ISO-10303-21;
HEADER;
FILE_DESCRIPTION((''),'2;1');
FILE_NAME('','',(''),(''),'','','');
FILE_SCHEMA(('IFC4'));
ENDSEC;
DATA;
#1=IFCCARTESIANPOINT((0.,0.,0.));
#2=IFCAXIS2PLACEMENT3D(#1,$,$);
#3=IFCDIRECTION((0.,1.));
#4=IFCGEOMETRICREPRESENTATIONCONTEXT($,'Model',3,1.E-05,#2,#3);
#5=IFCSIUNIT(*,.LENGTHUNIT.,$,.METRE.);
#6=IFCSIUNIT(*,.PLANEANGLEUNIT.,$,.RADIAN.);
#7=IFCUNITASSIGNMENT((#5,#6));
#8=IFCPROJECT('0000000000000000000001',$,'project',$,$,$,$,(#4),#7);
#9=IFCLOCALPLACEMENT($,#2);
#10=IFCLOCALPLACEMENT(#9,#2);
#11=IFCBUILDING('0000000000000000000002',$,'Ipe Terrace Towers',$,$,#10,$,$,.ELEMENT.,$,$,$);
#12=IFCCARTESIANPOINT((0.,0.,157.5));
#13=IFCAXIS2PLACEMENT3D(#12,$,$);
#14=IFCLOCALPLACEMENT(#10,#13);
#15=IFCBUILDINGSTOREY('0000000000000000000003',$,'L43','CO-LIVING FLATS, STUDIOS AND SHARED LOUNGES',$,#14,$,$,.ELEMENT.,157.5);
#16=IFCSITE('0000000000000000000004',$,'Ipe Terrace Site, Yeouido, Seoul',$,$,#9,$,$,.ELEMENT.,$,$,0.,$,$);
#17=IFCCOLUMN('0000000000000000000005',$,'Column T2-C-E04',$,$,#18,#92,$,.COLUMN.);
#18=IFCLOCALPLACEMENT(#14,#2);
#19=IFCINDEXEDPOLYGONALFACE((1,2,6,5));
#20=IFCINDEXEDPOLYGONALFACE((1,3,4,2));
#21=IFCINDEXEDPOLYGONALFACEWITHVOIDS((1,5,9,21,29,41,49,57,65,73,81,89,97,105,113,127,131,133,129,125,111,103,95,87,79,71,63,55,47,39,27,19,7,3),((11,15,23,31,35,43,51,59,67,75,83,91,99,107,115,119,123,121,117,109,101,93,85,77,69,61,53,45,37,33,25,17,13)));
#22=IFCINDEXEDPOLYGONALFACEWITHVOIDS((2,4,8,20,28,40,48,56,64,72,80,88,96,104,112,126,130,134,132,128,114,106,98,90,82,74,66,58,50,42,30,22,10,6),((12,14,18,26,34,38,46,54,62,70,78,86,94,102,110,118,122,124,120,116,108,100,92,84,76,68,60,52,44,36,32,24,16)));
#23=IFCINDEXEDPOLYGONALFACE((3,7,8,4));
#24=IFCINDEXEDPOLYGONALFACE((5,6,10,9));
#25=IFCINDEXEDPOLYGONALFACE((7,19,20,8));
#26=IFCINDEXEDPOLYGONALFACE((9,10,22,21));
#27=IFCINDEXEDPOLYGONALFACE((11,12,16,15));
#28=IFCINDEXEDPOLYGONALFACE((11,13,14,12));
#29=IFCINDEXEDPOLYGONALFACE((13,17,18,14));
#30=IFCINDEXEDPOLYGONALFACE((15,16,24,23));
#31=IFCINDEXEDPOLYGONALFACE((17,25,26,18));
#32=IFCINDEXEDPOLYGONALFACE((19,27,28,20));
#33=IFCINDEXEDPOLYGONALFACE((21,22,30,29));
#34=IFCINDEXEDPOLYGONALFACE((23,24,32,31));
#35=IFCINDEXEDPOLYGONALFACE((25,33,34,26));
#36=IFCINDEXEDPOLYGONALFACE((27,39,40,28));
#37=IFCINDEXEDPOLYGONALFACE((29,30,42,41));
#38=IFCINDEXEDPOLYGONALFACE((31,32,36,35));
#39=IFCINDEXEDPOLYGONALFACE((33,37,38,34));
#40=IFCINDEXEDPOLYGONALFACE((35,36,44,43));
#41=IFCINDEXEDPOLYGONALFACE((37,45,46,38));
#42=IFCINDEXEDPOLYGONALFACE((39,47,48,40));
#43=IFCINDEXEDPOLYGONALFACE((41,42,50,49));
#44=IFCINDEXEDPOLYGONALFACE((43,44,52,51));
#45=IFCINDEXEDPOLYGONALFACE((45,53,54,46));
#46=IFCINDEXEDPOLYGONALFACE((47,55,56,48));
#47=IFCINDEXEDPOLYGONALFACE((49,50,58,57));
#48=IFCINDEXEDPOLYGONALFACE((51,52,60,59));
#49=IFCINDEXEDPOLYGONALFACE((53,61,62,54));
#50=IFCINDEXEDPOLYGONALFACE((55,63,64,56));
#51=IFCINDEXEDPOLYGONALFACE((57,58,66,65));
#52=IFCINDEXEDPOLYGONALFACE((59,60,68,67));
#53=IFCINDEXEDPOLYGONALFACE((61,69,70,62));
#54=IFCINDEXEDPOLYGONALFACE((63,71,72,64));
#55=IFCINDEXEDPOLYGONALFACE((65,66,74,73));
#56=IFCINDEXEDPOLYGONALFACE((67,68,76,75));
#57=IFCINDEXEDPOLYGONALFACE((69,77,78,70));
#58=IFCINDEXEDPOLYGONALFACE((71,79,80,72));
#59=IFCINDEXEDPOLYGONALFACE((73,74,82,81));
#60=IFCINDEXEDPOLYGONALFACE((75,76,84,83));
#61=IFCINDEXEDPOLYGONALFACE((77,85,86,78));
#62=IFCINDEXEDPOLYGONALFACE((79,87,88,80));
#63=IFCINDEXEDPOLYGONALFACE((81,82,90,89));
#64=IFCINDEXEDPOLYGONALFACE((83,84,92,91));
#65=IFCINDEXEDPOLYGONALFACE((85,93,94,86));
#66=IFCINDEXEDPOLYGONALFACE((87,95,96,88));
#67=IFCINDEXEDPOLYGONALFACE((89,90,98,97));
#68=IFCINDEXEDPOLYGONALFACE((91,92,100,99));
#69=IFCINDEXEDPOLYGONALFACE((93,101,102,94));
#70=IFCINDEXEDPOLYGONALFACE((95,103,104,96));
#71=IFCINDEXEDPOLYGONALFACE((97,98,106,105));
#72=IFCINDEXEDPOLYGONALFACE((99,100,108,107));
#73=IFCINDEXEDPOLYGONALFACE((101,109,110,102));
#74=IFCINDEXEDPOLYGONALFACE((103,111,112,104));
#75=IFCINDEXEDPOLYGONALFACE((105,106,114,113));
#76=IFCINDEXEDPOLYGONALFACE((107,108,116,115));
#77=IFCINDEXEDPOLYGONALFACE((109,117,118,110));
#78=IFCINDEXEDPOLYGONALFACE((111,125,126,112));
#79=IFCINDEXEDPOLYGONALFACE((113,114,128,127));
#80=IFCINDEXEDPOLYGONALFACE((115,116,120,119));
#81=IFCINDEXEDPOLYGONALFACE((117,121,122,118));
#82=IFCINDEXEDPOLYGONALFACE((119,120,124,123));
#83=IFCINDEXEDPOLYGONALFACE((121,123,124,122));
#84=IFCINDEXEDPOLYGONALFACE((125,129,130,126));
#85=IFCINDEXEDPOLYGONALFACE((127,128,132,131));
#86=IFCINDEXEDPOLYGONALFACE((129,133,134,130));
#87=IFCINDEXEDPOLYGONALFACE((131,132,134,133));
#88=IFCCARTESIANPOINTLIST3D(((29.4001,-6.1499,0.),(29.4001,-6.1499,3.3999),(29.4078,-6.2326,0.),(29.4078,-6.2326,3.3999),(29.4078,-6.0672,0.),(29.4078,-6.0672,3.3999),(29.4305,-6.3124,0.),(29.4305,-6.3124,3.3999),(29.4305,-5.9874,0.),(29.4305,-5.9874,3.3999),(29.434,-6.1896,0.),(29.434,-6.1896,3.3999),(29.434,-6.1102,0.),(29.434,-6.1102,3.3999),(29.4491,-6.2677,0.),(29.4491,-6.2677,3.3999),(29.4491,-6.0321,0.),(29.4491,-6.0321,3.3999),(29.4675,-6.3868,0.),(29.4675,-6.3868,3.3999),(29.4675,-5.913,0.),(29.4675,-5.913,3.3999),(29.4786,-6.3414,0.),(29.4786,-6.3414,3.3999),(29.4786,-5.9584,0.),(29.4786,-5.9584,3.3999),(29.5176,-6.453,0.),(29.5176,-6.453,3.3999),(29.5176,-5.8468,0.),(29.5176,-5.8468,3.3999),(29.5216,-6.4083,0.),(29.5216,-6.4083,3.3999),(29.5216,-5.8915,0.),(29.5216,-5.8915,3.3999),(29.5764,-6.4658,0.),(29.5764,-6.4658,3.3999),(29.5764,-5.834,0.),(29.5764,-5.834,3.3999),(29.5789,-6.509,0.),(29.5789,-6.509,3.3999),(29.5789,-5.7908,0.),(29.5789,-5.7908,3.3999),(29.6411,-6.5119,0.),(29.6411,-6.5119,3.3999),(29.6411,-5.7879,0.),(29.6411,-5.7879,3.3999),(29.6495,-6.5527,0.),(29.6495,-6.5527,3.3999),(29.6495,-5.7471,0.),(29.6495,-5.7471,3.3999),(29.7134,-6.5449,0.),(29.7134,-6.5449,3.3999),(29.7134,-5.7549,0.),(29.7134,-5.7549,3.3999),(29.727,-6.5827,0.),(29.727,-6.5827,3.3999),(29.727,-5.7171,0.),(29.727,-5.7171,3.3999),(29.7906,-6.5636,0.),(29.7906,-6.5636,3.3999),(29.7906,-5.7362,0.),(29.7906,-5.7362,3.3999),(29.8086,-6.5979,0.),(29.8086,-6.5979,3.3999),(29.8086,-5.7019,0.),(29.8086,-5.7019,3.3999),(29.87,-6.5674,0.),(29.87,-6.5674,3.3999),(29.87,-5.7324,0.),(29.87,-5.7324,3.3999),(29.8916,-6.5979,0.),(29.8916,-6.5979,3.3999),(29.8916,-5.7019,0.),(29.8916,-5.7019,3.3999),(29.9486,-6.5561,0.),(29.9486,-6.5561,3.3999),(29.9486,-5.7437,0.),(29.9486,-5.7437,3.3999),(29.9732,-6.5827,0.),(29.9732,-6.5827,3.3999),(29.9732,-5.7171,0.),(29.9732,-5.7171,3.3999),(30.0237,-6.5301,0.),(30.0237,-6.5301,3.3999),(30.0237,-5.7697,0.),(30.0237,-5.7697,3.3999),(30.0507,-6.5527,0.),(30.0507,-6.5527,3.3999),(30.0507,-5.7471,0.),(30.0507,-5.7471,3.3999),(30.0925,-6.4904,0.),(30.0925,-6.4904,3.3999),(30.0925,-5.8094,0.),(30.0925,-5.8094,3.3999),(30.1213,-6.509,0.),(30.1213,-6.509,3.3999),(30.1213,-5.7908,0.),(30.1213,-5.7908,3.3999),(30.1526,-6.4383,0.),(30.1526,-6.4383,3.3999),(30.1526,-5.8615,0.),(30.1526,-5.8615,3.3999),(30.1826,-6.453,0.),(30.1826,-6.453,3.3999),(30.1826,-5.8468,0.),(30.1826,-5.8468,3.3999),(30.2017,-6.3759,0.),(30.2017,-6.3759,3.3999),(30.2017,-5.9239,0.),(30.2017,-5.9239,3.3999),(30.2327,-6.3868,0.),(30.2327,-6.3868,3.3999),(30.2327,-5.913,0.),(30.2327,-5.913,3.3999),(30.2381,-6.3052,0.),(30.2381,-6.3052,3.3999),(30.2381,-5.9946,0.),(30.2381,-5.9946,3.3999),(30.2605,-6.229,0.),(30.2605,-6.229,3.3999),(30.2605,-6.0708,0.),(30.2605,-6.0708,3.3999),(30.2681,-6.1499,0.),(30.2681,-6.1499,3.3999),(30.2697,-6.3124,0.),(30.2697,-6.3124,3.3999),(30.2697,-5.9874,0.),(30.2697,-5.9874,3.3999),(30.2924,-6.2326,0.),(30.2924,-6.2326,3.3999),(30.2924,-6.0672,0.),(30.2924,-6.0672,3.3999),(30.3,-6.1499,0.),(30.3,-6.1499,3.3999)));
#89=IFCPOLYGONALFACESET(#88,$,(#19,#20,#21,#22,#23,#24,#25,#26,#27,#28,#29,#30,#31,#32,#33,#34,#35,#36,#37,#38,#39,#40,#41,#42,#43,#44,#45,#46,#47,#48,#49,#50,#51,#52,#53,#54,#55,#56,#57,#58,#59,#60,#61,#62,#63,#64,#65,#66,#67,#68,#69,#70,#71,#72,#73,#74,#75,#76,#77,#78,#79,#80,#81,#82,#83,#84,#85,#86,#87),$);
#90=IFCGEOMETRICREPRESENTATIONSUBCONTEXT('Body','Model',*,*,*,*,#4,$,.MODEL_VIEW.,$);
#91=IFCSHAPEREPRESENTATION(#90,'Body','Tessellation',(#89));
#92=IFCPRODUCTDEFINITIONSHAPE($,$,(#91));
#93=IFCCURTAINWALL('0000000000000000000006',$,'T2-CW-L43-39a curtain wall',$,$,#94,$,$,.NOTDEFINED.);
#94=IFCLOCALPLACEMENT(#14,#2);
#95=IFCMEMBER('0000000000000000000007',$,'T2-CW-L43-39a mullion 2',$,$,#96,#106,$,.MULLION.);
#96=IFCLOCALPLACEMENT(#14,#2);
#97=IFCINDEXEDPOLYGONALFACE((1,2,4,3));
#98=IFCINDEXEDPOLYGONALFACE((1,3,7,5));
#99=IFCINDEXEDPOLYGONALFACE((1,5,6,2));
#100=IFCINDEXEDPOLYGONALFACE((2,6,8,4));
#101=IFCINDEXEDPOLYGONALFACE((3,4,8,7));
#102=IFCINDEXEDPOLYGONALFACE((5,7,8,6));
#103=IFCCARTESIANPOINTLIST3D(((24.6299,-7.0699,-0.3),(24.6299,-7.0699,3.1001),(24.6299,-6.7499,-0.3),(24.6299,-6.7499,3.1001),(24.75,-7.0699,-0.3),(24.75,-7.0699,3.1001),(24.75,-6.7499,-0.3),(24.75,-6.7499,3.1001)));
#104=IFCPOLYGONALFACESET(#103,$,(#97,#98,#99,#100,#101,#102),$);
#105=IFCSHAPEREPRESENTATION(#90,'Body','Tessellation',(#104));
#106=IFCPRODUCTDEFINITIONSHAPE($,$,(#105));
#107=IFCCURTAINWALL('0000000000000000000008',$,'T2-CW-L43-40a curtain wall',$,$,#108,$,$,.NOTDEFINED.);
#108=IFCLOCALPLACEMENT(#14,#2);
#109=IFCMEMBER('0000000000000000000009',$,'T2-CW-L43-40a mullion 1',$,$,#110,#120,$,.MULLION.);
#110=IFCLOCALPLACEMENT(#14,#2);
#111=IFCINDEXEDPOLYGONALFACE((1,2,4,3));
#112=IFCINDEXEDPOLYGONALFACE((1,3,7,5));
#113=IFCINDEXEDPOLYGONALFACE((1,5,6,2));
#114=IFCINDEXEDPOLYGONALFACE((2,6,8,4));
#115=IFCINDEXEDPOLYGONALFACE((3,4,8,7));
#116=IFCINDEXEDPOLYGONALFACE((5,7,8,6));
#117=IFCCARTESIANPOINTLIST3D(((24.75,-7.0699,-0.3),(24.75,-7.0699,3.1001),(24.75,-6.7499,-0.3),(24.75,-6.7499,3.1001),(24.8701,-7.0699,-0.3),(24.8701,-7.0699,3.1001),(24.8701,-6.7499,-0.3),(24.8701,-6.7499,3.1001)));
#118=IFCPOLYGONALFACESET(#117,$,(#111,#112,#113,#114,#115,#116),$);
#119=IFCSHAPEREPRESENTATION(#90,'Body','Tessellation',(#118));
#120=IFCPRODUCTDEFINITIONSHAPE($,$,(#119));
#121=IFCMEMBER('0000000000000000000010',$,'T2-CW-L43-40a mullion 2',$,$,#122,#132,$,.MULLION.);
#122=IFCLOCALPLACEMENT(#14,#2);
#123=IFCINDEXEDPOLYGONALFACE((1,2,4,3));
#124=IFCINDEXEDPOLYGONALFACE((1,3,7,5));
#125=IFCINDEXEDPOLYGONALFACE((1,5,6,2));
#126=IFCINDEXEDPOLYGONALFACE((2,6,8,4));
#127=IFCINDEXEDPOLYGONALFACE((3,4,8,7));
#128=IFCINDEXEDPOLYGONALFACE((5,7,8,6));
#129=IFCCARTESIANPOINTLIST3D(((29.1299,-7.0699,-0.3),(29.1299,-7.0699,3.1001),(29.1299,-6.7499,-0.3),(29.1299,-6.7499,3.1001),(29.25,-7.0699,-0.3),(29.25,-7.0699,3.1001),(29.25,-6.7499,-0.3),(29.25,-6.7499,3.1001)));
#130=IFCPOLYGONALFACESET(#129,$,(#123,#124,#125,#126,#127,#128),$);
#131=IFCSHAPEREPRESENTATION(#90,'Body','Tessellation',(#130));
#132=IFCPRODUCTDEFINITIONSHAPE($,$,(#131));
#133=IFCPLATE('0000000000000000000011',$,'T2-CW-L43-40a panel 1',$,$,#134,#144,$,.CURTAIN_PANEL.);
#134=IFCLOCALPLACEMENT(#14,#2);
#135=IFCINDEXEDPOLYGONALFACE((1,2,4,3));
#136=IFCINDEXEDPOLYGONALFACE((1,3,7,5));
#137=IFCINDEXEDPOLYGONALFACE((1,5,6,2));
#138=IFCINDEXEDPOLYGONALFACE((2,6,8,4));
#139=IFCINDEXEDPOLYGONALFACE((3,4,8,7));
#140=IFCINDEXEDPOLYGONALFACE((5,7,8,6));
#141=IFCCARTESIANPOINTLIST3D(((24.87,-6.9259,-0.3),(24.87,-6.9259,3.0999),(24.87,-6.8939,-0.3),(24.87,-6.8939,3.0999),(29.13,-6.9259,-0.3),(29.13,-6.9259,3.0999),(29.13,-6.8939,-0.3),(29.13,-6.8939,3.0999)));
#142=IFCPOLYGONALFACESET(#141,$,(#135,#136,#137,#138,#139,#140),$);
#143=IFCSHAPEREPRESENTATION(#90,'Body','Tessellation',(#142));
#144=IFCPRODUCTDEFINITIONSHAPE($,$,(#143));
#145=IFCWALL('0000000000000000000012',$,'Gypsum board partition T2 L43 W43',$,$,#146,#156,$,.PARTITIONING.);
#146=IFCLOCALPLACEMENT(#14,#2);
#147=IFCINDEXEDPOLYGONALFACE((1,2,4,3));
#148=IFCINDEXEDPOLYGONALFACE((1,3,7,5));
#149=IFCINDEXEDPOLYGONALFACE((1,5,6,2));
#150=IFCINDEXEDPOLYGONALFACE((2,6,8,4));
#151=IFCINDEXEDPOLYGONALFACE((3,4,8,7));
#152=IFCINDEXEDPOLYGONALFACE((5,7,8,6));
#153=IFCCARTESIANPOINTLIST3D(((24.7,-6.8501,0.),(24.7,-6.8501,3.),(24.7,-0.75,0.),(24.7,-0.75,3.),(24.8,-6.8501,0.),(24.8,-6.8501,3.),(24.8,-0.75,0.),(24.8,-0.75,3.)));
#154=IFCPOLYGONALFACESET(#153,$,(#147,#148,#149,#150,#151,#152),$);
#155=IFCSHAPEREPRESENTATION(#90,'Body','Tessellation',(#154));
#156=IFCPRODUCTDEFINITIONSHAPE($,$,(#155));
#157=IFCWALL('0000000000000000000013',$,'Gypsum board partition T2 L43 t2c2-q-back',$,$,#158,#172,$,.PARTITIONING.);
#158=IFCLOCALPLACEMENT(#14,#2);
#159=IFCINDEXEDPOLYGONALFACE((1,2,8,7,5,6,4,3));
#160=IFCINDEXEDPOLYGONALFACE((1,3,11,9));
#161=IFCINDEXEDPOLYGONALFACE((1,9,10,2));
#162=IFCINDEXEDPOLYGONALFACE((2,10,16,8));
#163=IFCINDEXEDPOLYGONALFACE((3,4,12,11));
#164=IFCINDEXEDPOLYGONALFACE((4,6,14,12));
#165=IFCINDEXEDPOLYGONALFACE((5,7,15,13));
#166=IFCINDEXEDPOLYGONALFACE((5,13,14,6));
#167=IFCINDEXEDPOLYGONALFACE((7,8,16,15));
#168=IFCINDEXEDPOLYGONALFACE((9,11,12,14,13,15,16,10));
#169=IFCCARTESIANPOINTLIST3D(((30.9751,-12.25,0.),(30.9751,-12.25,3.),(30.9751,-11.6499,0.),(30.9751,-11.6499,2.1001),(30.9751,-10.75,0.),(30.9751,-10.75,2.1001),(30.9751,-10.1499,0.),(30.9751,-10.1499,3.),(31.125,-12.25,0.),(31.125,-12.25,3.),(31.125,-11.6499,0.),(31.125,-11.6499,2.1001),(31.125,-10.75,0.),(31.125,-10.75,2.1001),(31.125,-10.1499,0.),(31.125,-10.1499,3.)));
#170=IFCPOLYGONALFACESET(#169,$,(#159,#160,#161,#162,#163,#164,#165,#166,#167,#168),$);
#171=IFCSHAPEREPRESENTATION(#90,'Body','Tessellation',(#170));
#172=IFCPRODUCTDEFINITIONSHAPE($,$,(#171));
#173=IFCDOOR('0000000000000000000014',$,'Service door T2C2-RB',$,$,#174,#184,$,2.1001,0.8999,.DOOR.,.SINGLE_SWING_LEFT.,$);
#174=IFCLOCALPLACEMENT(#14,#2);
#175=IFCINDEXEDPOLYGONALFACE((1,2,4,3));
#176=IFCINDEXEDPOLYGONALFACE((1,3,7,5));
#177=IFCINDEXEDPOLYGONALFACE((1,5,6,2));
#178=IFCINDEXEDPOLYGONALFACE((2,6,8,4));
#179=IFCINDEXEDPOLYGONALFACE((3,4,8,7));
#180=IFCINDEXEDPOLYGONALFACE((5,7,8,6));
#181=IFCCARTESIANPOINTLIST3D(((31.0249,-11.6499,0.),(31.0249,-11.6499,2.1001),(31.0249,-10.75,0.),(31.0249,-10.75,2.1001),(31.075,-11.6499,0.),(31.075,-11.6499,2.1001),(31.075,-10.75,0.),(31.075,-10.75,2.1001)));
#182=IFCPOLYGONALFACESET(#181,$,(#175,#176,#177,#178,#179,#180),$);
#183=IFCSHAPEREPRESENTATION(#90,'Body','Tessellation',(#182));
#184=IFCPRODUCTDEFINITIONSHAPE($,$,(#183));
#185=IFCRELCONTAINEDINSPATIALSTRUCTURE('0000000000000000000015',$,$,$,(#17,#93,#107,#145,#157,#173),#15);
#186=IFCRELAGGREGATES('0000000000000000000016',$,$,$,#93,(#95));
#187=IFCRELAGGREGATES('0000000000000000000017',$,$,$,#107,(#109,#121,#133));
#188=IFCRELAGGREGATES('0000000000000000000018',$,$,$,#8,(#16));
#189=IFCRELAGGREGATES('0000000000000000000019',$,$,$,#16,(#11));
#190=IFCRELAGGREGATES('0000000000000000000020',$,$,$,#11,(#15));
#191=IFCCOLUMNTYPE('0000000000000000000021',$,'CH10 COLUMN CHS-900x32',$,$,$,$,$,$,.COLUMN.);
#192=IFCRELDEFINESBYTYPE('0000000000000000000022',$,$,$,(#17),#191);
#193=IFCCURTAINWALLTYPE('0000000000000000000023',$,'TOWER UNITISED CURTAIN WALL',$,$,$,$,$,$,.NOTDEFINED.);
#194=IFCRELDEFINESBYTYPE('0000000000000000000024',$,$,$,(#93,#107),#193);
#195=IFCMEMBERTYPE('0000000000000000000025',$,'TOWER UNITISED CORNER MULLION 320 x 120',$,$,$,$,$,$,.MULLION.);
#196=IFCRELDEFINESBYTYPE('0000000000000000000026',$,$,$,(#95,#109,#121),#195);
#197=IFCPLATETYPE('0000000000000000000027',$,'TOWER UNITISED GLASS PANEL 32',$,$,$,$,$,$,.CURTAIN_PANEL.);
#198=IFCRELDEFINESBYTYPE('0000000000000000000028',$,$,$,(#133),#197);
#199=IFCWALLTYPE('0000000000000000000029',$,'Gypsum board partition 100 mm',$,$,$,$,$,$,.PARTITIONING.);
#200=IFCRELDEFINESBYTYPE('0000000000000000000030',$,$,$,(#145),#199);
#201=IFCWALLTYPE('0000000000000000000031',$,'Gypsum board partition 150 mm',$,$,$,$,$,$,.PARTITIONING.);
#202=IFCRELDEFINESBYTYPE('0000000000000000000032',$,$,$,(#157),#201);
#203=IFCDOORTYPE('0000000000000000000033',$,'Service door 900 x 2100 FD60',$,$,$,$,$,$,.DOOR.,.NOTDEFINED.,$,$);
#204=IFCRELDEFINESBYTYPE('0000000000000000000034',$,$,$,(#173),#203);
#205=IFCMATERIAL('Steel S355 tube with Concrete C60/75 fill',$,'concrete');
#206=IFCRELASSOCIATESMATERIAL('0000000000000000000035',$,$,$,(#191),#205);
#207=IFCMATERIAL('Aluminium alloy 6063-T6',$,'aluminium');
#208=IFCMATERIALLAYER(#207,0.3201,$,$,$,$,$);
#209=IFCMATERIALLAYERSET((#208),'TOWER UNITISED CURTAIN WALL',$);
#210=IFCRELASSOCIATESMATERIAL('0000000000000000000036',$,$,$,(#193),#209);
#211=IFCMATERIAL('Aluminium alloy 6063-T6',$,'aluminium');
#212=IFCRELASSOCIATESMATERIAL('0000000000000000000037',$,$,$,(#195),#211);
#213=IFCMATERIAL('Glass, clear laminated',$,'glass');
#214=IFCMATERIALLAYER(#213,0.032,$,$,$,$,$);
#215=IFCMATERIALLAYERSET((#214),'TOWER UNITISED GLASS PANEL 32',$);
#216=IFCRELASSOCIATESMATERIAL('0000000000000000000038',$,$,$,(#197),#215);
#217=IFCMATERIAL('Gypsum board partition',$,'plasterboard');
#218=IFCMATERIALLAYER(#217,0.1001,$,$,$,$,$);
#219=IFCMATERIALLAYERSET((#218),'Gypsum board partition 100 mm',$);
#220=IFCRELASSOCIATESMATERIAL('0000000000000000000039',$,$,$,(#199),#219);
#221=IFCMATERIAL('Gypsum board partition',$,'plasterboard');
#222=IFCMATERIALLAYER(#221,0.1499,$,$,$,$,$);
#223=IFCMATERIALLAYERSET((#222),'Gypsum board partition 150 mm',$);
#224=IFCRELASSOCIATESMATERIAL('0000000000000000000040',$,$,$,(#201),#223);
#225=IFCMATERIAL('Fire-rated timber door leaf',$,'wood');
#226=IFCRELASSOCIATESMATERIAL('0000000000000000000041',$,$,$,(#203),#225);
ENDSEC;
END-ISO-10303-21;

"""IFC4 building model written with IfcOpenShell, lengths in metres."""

from ifc_helpers import new_model, si_unit, direction, frame, frame_2d, origin, origin_2d, place, context, subcontext, project, spatial, rectangle, hollow_circle, extrude, material, layer, layer_set, material_profile, profile_set, type_object, element, fill, aggregate, save


model = new_model("IFC4")

# Units and contexts
model_context = context("Model", 3, precision=1e-05, world=origin(), true_north=direction((0.0, 1.0)))
body_context = subcontext(model_context, "Body", "Model", "MODEL_VIEW")
ifc_project = project(units=[si_unit("LENGTHUNIT", "METRE"), si_unit("PLANEANGLEUNIT", "RADIAN")], contexts=[model_context])

# Site, building, storey
site_placement = place(None, origin())
site = spatial("IfcSite", under=ifc_project, at=site_placement, Name="Ipe Terrace Site, Yeouido, Seoul", CompositionType="ELEMENT", RefElevation=0.0)
building_placement = place(site_placement, origin())
building = spatial("IfcBuilding", under=site, at=building_placement, Name="Ipe Terrace Towers", CompositionType="ELEMENT")
storey_placement = place(building_placement, frame((0.0, 0.0, 157.5)))
storey = spatial("IfcBuildingStorey", under=building, at=storey_placement, Name="L43", Description="CO-LIVING FLATS, STUDIOS AND SHARED LOUNGES", CompositionType="ELEMENT", Elevation=157.5)

# Column
ifc_material_1 = material(Name="Steel S355 tube with Concrete C60/75 fill", Category="concrete")
ifc_material_profile_1 = material_profile(ifc_material_1, hollow_circle(Radius=0.45, WallThickness=0.032, at=origin_2d()), Name="CHS-900x32")
ifc_profile_set_1 = profile_set([ifc_material_profile_1], Name="Steel S355 tube with Concrete C60/75 fill")
column_type = type_object("IfcColumnType", Name="CH10 COLUMN CHS-900x32", PredefinedType="COLUMN", material=ifc_profile_set_1)
column_placement = place(storey_placement, frame((29.8501, -6.1499, 0.0), z_axis=(0.0, 0.0, 1.0), x_axis=(1.0, 0.0, 0.0)))
element("IfcColumn", 1, at=column_placement, inside=storey, type_object=column_type, Name="Column T2-C-E04", PredefinedType="COLUMN", context=body_context, shape_type="SweptSolid", body=[
    extrude(hollow_circle(Radius=0.45, WallThickness=0.032, at=origin_2d()), origin(), (0.0, 0.0, 1.0), 3.3999),
])

# Curtain wall, member
ifc_material_2 = material(Name="Aluminium alloy 6063-T6", Category="aluminium")
ifc_layer_1 = layer(ifc_material_2, 0.3201)
ifc_layer_set_1 = layer_set([ifc_layer_1], Name="TOWER UNITISED CURTAIN WALL")
curtain_wall_type = type_object("IfcCurtainWallType", Name="TOWER UNITISED CURTAIN WALL", PredefinedType="NOTDEFINED", material=ifc_layer_set_1)
curtain_wall_1_placement = place(storey_placement, origin())
curtain_wall_1 = element("IfcCurtainWall", 2, at=curtain_wall_1_placement, inside=storey, type_object=curtain_wall_type, Name="T2-CW-L43-39a curtain wall", PredefinedType="NOTDEFINED")
ifc_material_3 = material(Name="Aluminium alloy 6063-T6", Category="aluminium")
ifc_material_profile_2 = material_profile(ifc_material_3, rectangle(XDim=0.3201, YDim=0.1201, at=origin_2d()), Name="TOWER UNITISED CORNER MULLION 320 x 120")
ifc_profile_set_2 = profile_set([ifc_material_profile_2], Name="Aluminium alloy 6063-T6")
member_type = type_object("IfcMemberType", Name="TOWER UNITISED CORNER MULLION 320 x 120", PredefinedType="MULLION", material=ifc_profile_set_2)
member_1_placement = place(storey_placement, frame((24.6899, -6.9099, -0.3), z_axis=(0.0, 0.0, 1.0), x_axis=(0.0, -1.0, 0.0)))
member_1 = element("IfcMember", 3, at=member_1_placement, type_object=member_type, Name="T2-CW-L43-39a mullion 2", PredefinedType="MULLION", context=body_context, shape_type="SweptSolid", body=[
    extrude(rectangle(XDim=0.3201, YDim=0.1201, at=origin_2d()), origin(), (0.0, 0.0, 1.0), 3.4001),
])
aggregate(curtain_wall_1, [member_1])

# Curtain wall, members, plate
curtain_wall_2_placement = place(storey_placement, origin())
curtain_wall_2 = element("IfcCurtainWall", 4, at=curtain_wall_2_placement, inside=storey, type_object=curtain_wall_type, Name="T2-CW-L43-40a curtain wall", PredefinedType="NOTDEFINED")
member_2_placement = place(storey_placement, frame((24.8101, -6.9099, -0.3), z_axis=(0.0, 0.0, 1.0), x_axis=(0.0, -1.0, 0.0)))
member_2 = element("IfcMember", 5, at=member_2_placement, type_object=member_type, Name="T2-CW-L43-40a mullion 1", PredefinedType="MULLION", context=body_context, shape_type="SweptSolid", body=[
    extrude(rectangle(XDim=0.3201, YDim=0.1201, at=origin_2d()), origin(), (0.0, 0.0, 1.0), 3.4001),
])
member_3_placement = place(storey_placement, frame((29.1899, -6.9099, -0.3), z_axis=(0.0, 0.0, 1.0), x_axis=(0.0, -1.0, 0.0)))
member_3 = element("IfcMember", 6, at=member_3_placement, type_object=member_type, Name="T2-CW-L43-40a mullion 2", PredefinedType="MULLION", context=body_context, shape_type="SweptSolid", body=[
    extrude(rectangle(XDim=0.3201, YDim=0.1201, at=origin_2d()), origin(), (0.0, 0.0, 1.0), 3.4001),
])
ifc_material_4 = material(Name="Glass, clear laminated", Category="glass")
ifc_layer_2 = layer(ifc_material_4, 0.032)
ifc_layer_set_2 = layer_set([ifc_layer_2], Name="TOWER UNITISED GLASS PANEL 32")
plate_type = type_object("IfcPlateType", Name="TOWER UNITISED GLASS PANEL 32", PredefinedType="CURTAIN_PANEL", material=ifc_layer_set_2)
plate_placement = place(storey_placement, frame((27.0, -6.9099, -0.3), z_axis=(0.0, 0.0, 1.0), x_axis=(1.0, 0.0, 0.0)))
plate = element("IfcPlate", 7, at=plate_placement, type_object=plate_type, Name="T2-CW-L43-40a panel 1", PredefinedType="CURTAIN_PANEL", context=body_context, shape_type="SweptSolid", body=[
    extrude(rectangle(XDim=4.26, YDim=0.032, at=origin_2d()), origin(), (0.0, 0.0, 1.0), 3.3999),
])
aggregate(curtain_wall_2, [member_2, member_3, plate])

# Wall
ifc_material_5 = material(Name="Gypsum board partition", Category="plasterboard")
ifc_layer_3 = layer(ifc_material_5, 0.1001)
ifc_layer_set_3 = layer_set([ifc_layer_3], Name="Gypsum board partition 100 mm")
wall_type_1 = type_object("IfcWallType", Name="Gypsum board partition 100 mm", PredefinedType="PARTITIONING", material=ifc_layer_set_3)
wall_1_placement = place(storey_placement, frame((24.75, -6.8501, 0.0), z_axis=(0.0, 0.0, 1.0), x_axis=(0.0, 1.0, 0.0)))
element("IfcWall", 8, at=wall_1_placement, inside=storey, type_object=wall_type_1, Name="Gypsum board partition T2 L43 W43", PredefinedType="PARTITIONING", context=body_context, shape_type="SweptSolid", body=[
    extrude(rectangle(XDim=6.1001, YDim=0.1001, at=frame_2d((3.05, 0.0))), origin(), (0.0, 0.0, 1.0), 3.0),
])

# Wall, opening, door
ifc_material_6 = material(Name="Gypsum board partition", Category="plasterboard")
ifc_layer_4 = layer(ifc_material_6, 0.1499)
ifc_layer_set_4 = layer_set([ifc_layer_4], Name="Gypsum board partition 150 mm")
wall_type_2 = type_object("IfcWallType", Name="Gypsum board partition 150 mm", PredefinedType="PARTITIONING", material=ifc_layer_set_4)
wall_2_placement = place(storey_placement, frame((31.05, -10.1499, 0.0), z_axis=(0.0, 0.0, 1.0), x_axis=(0.0, -1.0, 0.0)))
wall_2 = element("IfcWall", 9, at=wall_2_placement, inside=storey, type_object=wall_type_2, Name="Gypsum board partition T2 L43 t2c2-q-back", PredefinedType="PARTITIONING", context=body_context, shape_type="SweptSolid", body=[
    extrude(rectangle(XDim=2.1001, YDim=0.1499, at=frame_2d((1.05, 0.0))), origin(), (0.0, 0.0, 1.0), 3.0),
])
opening_1_placement = place(wall_2_placement, frame((0.6001, 0.0, 0.0)))
opening_1 = element("IfcOpeningElement", 10, at=opening_1_placement, cuts=wall_2, PredefinedType="OPENING", context=body_context, shape_type="SweptSolid", body=[
    extrude(rectangle(XDim=0.8999, YDim=2.1001, at=frame_2d((0.45, 1.05))), frame((0.0, 0.085, 0.0), z_axis=(0.0, -1.0, 0.0), x_axis=(1.0, 0.0, 0.0)), (0.0, 0.0, 1.0), 0.1699),
])
ifc_material_7 = material(Name="Fire-rated timber door leaf", Category="wood")
door_type_1 = type_object("IfcDoorType", Name="Service door 900 x 2100 FD60", OperationType="NOTDEFINED", PredefinedType="DOOR", material=ifc_material_7)
door_1_placement = place(opening_1_placement, origin())
door_1 = element("IfcDoor", 11, at=door_1_placement, inside=storey, type_object=door_type_1, Name="Service door T2C2-RB", OperationType="SINGLE_SWING_LEFT", OverallHeight=2.1001, OverallWidth=0.8999, PredefinedType="DOOR", context=body_context, shape_type="SweptSolid", body=[
    extrude(rectangle(XDim=0.8999, YDim=2.1001, at=frame_2d((0.45, 1.05))), frame((0.0, 0.0249, 0.0), z_axis=(0.0, -1.0, 0.0), x_axis=(1.0, 0.0, 0.0)), (0.0, 0.0, 1.0), 0.05),
])
fill(opening_1, door_1)

save(model, "model.ifc")
